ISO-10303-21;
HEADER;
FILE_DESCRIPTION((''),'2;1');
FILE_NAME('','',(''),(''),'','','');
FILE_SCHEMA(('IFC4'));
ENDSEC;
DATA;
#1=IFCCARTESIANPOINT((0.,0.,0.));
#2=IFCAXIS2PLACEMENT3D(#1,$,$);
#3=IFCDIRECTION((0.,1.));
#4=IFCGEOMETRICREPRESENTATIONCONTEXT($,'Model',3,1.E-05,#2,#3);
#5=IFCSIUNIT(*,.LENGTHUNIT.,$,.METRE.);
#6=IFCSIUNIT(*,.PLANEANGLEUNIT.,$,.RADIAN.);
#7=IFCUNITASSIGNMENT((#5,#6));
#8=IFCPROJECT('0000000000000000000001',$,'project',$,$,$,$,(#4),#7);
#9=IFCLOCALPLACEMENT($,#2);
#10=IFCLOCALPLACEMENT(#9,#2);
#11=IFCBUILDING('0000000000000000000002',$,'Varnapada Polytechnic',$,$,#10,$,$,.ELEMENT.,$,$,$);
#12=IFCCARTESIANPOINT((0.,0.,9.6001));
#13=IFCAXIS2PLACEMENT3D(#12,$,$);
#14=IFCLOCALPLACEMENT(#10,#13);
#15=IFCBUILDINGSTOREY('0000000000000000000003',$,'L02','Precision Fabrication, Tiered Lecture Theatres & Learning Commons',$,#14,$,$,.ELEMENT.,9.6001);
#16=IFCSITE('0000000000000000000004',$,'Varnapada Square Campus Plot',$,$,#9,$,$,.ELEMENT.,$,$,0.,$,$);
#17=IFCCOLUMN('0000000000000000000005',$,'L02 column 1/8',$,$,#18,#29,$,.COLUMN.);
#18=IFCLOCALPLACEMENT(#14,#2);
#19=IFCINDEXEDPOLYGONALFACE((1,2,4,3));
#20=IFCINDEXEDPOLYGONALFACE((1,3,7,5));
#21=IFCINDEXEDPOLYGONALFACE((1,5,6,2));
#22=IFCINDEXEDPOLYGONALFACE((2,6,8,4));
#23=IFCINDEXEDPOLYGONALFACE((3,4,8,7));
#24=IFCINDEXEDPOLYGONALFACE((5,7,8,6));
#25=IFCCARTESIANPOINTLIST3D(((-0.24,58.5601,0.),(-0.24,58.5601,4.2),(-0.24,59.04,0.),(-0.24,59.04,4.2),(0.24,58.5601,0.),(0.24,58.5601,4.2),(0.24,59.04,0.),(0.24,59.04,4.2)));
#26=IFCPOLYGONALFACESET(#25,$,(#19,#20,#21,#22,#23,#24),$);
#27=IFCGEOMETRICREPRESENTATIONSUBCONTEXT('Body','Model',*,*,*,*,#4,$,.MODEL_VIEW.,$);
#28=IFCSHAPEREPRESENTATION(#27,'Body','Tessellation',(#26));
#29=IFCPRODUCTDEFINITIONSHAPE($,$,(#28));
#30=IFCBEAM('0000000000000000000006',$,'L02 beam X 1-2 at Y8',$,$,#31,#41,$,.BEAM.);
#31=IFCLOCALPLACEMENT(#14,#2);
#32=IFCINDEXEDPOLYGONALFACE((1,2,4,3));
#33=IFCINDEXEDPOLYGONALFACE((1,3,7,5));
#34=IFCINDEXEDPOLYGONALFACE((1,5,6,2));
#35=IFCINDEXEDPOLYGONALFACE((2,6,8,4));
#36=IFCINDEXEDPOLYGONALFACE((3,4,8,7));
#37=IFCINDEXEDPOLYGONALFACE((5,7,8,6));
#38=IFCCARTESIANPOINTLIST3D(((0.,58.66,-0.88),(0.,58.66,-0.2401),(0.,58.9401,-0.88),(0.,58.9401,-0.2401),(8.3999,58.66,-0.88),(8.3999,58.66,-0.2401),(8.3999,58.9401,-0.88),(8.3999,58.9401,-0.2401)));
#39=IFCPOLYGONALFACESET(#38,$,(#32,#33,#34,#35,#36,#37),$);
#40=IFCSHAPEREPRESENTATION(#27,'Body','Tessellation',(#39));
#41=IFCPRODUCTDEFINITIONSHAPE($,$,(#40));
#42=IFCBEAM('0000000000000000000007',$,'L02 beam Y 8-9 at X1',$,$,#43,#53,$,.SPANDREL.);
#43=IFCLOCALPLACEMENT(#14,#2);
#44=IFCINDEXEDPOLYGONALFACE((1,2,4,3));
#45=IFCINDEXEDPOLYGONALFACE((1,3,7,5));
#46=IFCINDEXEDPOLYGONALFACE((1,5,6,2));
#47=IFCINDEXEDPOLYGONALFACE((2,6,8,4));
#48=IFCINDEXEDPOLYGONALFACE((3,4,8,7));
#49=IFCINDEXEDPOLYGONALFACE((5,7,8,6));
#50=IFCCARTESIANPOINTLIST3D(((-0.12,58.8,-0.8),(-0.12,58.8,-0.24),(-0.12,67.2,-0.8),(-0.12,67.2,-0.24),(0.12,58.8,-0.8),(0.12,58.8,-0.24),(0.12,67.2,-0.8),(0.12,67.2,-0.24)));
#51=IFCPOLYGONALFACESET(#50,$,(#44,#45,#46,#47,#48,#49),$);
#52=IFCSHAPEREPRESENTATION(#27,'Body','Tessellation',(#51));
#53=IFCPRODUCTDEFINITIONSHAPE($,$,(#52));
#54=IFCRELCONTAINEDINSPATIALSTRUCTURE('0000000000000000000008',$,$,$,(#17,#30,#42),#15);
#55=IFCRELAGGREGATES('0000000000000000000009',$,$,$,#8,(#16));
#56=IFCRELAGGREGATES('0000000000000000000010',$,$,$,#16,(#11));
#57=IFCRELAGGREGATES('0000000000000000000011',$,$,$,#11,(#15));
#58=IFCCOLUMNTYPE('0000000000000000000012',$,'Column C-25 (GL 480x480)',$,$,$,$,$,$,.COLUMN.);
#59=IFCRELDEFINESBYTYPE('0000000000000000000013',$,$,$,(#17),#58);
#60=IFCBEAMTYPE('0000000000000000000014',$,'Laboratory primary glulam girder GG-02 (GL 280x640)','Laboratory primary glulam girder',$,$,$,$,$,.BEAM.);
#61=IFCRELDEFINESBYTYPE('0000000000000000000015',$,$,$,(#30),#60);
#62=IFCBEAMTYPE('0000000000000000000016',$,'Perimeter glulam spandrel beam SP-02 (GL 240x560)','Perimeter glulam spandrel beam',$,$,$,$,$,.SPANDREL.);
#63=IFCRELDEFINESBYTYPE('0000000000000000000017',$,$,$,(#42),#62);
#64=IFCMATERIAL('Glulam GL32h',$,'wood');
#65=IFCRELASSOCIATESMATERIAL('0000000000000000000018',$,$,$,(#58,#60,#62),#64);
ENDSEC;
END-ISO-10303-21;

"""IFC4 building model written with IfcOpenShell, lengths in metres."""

from ifc_helpers import new_model, si_unit, direction, frame, origin, origin_2d, place, context, subcontext, project, spatial, rectangle, extrude, material, material_profile, profile_set, type_object, element, save


model = new_model("IFC4")

# Units and contexts
model_context = context("Model", 3, precision=1e-05, world=origin(), true_north=direction((0.0, 1.0)))
body_context = subcontext(model_context, "Body", "Model", "MODEL_VIEW")
ifc_project = project(units=[si_unit("LENGTHUNIT", "METRE"), si_unit("PLANEANGLEUNIT", "RADIAN")], contexts=[model_context])

# Site, building, storey
site_placement = place(None, origin())
site = spatial("IfcSite", under=ifc_project, at=site_placement, Name="Varnapada Square Campus Plot", CompositionType="ELEMENT", RefElevation=0.0)
building_placement = place(site_placement, origin())
building = spatial("IfcBuilding", under=site, at=building_placement, Name="Varnapada Polytechnic", CompositionType="ELEMENT")
storey_placement = place(building_placement, frame((0.0, 0.0, 9.6001)))
storey = spatial("IfcBuildingStorey", under=building, at=storey_placement, Name="L02", Description="Precision Fabrication, Tiered Lecture Theatres & Learning Commons", CompositionType="ELEMENT", Elevation=9.6001)

# Column
ifc_material_1 = material(Name="Glulam GL32h", Category="wood")
ifc_material_profile_1 = material_profile(ifc_material_1, rectangle(XDim=0.48, YDim=0.48, at=origin_2d()), Name="GL 480x480")
ifc_profile_set_1 = profile_set([ifc_material_profile_1], Name="Glulam GL32h")
column_type = type_object("IfcColumnType", Name="Column C-25 (GL 480x480)", PredefinedType="COLUMN", material=ifc_profile_set_1)
column_placement = place(storey_placement, frame((0.0, 58.8, 0.0), z_axis=(0.0, 0.0, 1.0), x_axis=(1.0, 0.0, 0.0)))
element("IfcColumn", 1, at=column_placement, inside=storey, type_object=column_type, Name="L02 column 1/8", PredefinedType="COLUMN", context=body_context, shape_type="SweptSolid", body=[
    extrude(rectangle(XDim=0.48, YDim=0.48, at=origin_2d()), origin(), (0.0, 0.0, 1.0), 4.2),
])

# Beams
ifc_material_profile_2 = material_profile(ifc_material_1, rectangle(XDim=0.28, YDim=0.6399, at=origin_2d()), Name="GL 280x640")
ifc_profile_set_2 = profile_set([ifc_material_profile_2], Name="Glulam GL32h")
beam_type_1 = type_object("IfcBeamType", Name="Laboratory primary glulam girder GG-02 (GL 280x640)", Description="Laboratory primary glulam girder", PredefinedType="BEAM", material=ifc_profile_set_2)
beam_1_placement = place(storey_placement, frame((0.0, 58.8, -0.5601), z_axis=(1.0, 0.0, 0.0), x_axis=(0.0, 1.0, 0.0)))
element("IfcBeam", 2, at=beam_1_placement, inside=storey, type_object=beam_type_1, Name="L02 beam X 1-2 at Y8", PredefinedType="BEAM", context=body_context, shape_type="SweptSolid", body=[
    extrude(rectangle(XDim=0.28, YDim=0.6399, at=origin_2d()), origin(), (0.0, 0.0, 1.0), 8.3999),
])
ifc_material_profile_3 = material_profile(ifc_material_1, rectangle(XDim=0.24, YDim=0.5601, at=origin_2d()), Name="GL 240x560")
ifc_profile_set_3 = profile_set([ifc_material_profile_3], Name="Glulam GL32h")
beam_type_2 = type_object("IfcBeamType", Name="Perimeter glulam spandrel beam SP-02 (GL 240x560)", Description="Perimeter glulam spandrel beam", PredefinedType="SPANDREL", material=ifc_profile_set_3)
beam_2_placement = place(storey_placement, frame((0.0, 58.8, -0.52), z_axis=(0.0, 1.0, 0.0), x_axis=(-1.0, 0.0, 0.0)))
element("IfcBeam", 3, at=beam_2_placement, inside=storey, type_object=beam_type_2, Name="L02 beam Y 8-9 at X1", PredefinedType="SPANDREL", context=body_context, shape_type="SweptSolid", body=[
    extrude(rectangle(XDim=0.24, YDim=0.5601, at=origin_2d()), origin(), (0.0, 0.0, 1.0), 8.3999),
])

save(model, "model.ifc")
